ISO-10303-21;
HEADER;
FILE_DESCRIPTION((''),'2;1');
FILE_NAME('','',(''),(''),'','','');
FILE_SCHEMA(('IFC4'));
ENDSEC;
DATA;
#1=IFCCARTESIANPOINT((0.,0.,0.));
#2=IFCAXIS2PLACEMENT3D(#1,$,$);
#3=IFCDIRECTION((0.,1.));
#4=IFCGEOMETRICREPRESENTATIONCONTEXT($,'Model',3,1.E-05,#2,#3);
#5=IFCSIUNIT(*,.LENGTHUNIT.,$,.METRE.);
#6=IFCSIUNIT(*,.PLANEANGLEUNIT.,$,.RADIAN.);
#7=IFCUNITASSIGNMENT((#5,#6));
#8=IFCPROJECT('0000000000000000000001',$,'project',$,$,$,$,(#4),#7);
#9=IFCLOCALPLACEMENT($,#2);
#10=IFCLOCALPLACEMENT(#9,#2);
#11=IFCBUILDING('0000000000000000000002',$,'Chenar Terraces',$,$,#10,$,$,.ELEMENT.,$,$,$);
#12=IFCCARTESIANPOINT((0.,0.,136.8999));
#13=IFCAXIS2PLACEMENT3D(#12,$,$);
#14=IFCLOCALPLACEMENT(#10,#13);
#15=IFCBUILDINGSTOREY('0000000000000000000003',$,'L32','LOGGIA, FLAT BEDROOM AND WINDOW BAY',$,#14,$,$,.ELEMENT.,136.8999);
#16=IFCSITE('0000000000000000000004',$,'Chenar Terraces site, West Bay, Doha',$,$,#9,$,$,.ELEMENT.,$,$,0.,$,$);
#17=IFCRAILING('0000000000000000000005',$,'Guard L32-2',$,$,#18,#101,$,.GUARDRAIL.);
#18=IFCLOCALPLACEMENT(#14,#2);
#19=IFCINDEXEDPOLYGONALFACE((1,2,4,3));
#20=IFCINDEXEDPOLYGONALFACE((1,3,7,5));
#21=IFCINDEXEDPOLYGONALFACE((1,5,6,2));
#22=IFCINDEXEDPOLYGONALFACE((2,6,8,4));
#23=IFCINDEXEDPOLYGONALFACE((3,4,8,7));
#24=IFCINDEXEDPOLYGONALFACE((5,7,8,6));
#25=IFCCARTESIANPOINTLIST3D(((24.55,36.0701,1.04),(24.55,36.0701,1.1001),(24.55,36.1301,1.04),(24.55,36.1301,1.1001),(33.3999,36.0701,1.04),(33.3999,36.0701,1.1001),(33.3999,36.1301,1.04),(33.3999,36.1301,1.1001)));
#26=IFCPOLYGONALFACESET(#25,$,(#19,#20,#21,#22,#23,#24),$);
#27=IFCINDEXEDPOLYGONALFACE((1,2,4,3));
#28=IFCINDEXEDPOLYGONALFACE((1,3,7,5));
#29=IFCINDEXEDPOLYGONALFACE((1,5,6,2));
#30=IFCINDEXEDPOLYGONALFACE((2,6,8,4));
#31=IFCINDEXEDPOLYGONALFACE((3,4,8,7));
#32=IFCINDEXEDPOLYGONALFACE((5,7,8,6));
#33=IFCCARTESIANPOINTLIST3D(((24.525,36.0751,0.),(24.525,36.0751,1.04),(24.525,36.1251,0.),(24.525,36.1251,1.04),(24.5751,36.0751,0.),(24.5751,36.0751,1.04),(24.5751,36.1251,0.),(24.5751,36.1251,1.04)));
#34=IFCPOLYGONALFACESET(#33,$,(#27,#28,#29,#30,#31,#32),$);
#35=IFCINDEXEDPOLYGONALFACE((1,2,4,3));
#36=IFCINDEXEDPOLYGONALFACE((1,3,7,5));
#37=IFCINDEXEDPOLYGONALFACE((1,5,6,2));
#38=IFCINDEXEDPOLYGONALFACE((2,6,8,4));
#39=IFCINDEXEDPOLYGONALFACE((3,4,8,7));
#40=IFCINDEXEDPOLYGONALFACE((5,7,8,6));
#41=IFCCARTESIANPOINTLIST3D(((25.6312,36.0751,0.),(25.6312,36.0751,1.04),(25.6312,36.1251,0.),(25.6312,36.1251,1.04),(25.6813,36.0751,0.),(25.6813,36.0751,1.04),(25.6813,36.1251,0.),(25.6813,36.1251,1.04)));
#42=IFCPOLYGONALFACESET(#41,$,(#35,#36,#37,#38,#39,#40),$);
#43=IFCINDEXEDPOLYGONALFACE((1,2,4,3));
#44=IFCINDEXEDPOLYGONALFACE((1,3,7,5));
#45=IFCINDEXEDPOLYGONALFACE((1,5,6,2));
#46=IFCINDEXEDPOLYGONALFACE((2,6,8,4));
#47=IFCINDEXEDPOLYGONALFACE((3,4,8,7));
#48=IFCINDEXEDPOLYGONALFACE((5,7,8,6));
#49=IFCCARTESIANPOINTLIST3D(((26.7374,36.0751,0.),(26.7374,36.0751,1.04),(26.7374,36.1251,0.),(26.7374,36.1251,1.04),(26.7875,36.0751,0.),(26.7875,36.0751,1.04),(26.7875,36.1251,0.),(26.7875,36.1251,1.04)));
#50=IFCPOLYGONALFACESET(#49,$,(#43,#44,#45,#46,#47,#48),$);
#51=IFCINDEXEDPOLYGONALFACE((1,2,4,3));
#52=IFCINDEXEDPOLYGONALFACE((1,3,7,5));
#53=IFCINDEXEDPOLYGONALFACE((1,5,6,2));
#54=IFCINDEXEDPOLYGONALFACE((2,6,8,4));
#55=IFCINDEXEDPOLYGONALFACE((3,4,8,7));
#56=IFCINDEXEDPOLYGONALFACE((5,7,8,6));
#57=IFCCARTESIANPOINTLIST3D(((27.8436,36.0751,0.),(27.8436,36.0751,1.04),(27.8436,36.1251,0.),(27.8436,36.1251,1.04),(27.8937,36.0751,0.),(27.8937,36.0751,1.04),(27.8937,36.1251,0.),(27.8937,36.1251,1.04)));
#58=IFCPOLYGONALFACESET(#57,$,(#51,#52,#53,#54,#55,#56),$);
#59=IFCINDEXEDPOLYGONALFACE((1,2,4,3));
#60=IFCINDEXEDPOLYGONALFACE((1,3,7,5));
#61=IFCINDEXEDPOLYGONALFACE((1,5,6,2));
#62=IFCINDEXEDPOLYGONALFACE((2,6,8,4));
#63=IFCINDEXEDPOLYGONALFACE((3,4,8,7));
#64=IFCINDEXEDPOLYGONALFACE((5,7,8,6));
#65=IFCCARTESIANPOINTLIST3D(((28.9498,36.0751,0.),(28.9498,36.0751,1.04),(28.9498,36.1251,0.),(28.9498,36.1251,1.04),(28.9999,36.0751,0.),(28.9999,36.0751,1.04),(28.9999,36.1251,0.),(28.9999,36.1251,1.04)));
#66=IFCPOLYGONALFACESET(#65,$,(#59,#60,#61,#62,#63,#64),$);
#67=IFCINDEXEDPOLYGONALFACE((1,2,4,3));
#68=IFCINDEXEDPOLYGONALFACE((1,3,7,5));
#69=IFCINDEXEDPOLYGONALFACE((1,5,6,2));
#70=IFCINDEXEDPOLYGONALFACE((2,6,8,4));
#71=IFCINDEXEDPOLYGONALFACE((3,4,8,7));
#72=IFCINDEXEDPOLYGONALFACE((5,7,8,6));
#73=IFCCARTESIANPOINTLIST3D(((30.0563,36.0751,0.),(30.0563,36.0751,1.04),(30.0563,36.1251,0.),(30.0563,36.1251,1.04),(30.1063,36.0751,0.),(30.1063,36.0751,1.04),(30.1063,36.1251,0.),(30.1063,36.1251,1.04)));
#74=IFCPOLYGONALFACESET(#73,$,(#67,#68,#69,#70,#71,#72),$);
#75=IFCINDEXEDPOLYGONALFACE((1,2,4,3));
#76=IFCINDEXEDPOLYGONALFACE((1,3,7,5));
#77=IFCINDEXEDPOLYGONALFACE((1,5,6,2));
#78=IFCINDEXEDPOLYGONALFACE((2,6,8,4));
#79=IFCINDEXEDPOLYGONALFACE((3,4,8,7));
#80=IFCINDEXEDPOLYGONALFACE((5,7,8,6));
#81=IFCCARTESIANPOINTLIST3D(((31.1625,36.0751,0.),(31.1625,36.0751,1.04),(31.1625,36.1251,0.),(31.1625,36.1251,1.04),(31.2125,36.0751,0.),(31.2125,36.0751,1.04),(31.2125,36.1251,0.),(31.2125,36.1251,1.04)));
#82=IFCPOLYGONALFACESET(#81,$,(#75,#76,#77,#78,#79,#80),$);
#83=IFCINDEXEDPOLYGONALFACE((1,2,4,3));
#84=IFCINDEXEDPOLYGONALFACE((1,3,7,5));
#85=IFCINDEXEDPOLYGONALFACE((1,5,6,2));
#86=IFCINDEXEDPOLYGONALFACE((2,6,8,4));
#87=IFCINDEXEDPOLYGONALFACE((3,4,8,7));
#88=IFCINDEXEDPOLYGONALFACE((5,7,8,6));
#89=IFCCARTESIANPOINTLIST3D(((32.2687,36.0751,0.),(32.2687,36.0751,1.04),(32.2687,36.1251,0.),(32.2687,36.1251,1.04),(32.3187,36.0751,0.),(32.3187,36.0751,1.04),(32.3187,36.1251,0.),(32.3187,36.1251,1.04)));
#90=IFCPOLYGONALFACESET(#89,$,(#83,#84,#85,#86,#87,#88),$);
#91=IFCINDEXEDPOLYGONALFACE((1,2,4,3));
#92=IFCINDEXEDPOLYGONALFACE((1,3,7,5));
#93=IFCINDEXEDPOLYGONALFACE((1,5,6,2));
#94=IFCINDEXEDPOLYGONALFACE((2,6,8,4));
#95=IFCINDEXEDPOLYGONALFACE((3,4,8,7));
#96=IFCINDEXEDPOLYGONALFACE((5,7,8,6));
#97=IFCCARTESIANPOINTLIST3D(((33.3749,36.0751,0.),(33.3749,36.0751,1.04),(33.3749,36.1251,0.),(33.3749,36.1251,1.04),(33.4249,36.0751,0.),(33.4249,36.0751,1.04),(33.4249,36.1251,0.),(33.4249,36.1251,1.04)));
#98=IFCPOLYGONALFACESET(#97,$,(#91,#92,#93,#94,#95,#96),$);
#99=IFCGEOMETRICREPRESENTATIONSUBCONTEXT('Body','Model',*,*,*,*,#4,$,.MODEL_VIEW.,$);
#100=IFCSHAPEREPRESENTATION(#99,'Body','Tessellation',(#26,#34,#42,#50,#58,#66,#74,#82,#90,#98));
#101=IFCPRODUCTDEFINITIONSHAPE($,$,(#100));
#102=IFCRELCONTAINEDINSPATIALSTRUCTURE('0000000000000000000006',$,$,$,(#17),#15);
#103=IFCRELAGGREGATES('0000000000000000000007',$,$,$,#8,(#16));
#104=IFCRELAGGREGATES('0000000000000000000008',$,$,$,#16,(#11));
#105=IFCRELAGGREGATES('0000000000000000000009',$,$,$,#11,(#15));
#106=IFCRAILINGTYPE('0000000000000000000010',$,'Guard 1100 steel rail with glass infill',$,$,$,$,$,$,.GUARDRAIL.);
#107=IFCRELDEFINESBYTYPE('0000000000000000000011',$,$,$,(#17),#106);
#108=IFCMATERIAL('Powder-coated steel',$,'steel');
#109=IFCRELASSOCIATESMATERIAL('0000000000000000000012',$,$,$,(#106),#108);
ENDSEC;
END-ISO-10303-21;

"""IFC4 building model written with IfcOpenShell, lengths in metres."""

from ifc_helpers import new_model, si_unit, direction, frame, origin, origin_2d, place, context, subcontext, project, spatial, rectangle, extrude, material, type_object, element, save


model = new_model("IFC4")

# Units and contexts
model_context = context("Model", 3, precision=1e-05, world=origin(), true_north=direction((0.0, 1.0)))
body_context = subcontext(model_context, "Body", "Model", "MODEL_VIEW")
ifc_project = project(units=[si_unit("LENGTHUNIT", "METRE"), si_unit("PLANEANGLEUNIT", "RADIAN")], contexts=[model_context])

# Site, building, storey
site_placement = place(None, origin())
site = spatial("IfcSite", under=ifc_project, at=site_placement, Name="Chenar Terraces site, West Bay, Doha", CompositionType="ELEMENT", RefElevation=0.0)
building_placement = place(site_placement, origin())
building = spatial("IfcBuilding", under=site, at=building_placement, Name="Chenar Terraces", CompositionType="ELEMENT")
storey_placement = place(building_placement, frame((0.0, 0.0, 136.8999)))
storey = spatial("IfcBuildingStorey", under=building, at=storey_placement, Name="L32", Description="LOGGIA, FLAT BEDROOM AND WINDOW BAY", CompositionType="ELEMENT", Elevation=136.8999)

# Railing
ifc_material_1 = material(Name="Powder-coated steel", Category="steel")
railing_type = type_object("IfcRailingType", Name="Guard 1100 steel rail with glass infill", PredefinedType="GUARDRAIL", material=ifc_material_1)
railing_1_placement = place(storey_placement, frame((24.55, 36.1001, 0.0)))
element("IfcRailing", 1, at=railing_1_placement, inside=storey, type_object=railing_type, Name="Guard L32-2", PredefinedType="GUARDRAIL", context=body_context, shape_type="SweptSolid", body=[
    extrude(rectangle(XDim=0.0601, YDim=0.0601, at=origin_2d()), frame((0.0, 0.0, 1.0701), z_axis=(1.0, 0.0, 0.0), x_axis=(0.0, 1.0, 0.0)), (0.0, 0.0, 1.0), 8.8499),
    extrude(rectangle(XDim=0.05, YDim=0.05, at=origin_2d()), origin(), (0.0, 0.0, 1.0), 1.04),
    extrude(rectangle(XDim=0.05, YDim=0.05, at=origin_2d()), frame((1.1062, 0.0, 0.0)), (0.0, 0.0, 1.0), 1.04),
    extrude(rectangle(XDim=0.05, YDim=0.05, at=origin_2d()), frame((2.2124, 0.0, 0.0)), (0.0, 0.0, 1.0), 1.04),
    extrude(rectangle(XDim=0.05, YDim=0.05, at=origin_2d()), frame((3.3186, 0.0, 0.0)), (0.0, 0.0, 1.0), 1.04),
    extrude(rectangle(XDim=0.05, YDim=0.05, at=origin_2d()), frame((4.4248, 0.0, 0.0)), (0.0, 0.0, 1.0), 1.04),
    extrude(rectangle(XDim=0.05, YDim=0.05, at=origin_2d()), frame((5.5312, 0.0, 0.0)), (0.0, 0.0, 1.0), 1.04),
    extrude(rectangle(XDim=0.05, YDim=0.05, at=origin_2d()), frame((6.6375, 0.0, 0.0)), (0.0, 0.0, 1.0), 1.04),
    extrude(rectangle(XDim=0.05, YDim=0.05, at=origin_2d()), frame((7.7437, 0.0, 0.0)), (0.0, 0.0, 1.0), 1.04),
    extrude(rectangle(XDim=0.05, YDim=0.05, at=origin_2d()), frame((8.8499, 0.0, 0.0)), (0.0, 0.0, 1.0), 1.04),
])

save(model, "model.ifc")
